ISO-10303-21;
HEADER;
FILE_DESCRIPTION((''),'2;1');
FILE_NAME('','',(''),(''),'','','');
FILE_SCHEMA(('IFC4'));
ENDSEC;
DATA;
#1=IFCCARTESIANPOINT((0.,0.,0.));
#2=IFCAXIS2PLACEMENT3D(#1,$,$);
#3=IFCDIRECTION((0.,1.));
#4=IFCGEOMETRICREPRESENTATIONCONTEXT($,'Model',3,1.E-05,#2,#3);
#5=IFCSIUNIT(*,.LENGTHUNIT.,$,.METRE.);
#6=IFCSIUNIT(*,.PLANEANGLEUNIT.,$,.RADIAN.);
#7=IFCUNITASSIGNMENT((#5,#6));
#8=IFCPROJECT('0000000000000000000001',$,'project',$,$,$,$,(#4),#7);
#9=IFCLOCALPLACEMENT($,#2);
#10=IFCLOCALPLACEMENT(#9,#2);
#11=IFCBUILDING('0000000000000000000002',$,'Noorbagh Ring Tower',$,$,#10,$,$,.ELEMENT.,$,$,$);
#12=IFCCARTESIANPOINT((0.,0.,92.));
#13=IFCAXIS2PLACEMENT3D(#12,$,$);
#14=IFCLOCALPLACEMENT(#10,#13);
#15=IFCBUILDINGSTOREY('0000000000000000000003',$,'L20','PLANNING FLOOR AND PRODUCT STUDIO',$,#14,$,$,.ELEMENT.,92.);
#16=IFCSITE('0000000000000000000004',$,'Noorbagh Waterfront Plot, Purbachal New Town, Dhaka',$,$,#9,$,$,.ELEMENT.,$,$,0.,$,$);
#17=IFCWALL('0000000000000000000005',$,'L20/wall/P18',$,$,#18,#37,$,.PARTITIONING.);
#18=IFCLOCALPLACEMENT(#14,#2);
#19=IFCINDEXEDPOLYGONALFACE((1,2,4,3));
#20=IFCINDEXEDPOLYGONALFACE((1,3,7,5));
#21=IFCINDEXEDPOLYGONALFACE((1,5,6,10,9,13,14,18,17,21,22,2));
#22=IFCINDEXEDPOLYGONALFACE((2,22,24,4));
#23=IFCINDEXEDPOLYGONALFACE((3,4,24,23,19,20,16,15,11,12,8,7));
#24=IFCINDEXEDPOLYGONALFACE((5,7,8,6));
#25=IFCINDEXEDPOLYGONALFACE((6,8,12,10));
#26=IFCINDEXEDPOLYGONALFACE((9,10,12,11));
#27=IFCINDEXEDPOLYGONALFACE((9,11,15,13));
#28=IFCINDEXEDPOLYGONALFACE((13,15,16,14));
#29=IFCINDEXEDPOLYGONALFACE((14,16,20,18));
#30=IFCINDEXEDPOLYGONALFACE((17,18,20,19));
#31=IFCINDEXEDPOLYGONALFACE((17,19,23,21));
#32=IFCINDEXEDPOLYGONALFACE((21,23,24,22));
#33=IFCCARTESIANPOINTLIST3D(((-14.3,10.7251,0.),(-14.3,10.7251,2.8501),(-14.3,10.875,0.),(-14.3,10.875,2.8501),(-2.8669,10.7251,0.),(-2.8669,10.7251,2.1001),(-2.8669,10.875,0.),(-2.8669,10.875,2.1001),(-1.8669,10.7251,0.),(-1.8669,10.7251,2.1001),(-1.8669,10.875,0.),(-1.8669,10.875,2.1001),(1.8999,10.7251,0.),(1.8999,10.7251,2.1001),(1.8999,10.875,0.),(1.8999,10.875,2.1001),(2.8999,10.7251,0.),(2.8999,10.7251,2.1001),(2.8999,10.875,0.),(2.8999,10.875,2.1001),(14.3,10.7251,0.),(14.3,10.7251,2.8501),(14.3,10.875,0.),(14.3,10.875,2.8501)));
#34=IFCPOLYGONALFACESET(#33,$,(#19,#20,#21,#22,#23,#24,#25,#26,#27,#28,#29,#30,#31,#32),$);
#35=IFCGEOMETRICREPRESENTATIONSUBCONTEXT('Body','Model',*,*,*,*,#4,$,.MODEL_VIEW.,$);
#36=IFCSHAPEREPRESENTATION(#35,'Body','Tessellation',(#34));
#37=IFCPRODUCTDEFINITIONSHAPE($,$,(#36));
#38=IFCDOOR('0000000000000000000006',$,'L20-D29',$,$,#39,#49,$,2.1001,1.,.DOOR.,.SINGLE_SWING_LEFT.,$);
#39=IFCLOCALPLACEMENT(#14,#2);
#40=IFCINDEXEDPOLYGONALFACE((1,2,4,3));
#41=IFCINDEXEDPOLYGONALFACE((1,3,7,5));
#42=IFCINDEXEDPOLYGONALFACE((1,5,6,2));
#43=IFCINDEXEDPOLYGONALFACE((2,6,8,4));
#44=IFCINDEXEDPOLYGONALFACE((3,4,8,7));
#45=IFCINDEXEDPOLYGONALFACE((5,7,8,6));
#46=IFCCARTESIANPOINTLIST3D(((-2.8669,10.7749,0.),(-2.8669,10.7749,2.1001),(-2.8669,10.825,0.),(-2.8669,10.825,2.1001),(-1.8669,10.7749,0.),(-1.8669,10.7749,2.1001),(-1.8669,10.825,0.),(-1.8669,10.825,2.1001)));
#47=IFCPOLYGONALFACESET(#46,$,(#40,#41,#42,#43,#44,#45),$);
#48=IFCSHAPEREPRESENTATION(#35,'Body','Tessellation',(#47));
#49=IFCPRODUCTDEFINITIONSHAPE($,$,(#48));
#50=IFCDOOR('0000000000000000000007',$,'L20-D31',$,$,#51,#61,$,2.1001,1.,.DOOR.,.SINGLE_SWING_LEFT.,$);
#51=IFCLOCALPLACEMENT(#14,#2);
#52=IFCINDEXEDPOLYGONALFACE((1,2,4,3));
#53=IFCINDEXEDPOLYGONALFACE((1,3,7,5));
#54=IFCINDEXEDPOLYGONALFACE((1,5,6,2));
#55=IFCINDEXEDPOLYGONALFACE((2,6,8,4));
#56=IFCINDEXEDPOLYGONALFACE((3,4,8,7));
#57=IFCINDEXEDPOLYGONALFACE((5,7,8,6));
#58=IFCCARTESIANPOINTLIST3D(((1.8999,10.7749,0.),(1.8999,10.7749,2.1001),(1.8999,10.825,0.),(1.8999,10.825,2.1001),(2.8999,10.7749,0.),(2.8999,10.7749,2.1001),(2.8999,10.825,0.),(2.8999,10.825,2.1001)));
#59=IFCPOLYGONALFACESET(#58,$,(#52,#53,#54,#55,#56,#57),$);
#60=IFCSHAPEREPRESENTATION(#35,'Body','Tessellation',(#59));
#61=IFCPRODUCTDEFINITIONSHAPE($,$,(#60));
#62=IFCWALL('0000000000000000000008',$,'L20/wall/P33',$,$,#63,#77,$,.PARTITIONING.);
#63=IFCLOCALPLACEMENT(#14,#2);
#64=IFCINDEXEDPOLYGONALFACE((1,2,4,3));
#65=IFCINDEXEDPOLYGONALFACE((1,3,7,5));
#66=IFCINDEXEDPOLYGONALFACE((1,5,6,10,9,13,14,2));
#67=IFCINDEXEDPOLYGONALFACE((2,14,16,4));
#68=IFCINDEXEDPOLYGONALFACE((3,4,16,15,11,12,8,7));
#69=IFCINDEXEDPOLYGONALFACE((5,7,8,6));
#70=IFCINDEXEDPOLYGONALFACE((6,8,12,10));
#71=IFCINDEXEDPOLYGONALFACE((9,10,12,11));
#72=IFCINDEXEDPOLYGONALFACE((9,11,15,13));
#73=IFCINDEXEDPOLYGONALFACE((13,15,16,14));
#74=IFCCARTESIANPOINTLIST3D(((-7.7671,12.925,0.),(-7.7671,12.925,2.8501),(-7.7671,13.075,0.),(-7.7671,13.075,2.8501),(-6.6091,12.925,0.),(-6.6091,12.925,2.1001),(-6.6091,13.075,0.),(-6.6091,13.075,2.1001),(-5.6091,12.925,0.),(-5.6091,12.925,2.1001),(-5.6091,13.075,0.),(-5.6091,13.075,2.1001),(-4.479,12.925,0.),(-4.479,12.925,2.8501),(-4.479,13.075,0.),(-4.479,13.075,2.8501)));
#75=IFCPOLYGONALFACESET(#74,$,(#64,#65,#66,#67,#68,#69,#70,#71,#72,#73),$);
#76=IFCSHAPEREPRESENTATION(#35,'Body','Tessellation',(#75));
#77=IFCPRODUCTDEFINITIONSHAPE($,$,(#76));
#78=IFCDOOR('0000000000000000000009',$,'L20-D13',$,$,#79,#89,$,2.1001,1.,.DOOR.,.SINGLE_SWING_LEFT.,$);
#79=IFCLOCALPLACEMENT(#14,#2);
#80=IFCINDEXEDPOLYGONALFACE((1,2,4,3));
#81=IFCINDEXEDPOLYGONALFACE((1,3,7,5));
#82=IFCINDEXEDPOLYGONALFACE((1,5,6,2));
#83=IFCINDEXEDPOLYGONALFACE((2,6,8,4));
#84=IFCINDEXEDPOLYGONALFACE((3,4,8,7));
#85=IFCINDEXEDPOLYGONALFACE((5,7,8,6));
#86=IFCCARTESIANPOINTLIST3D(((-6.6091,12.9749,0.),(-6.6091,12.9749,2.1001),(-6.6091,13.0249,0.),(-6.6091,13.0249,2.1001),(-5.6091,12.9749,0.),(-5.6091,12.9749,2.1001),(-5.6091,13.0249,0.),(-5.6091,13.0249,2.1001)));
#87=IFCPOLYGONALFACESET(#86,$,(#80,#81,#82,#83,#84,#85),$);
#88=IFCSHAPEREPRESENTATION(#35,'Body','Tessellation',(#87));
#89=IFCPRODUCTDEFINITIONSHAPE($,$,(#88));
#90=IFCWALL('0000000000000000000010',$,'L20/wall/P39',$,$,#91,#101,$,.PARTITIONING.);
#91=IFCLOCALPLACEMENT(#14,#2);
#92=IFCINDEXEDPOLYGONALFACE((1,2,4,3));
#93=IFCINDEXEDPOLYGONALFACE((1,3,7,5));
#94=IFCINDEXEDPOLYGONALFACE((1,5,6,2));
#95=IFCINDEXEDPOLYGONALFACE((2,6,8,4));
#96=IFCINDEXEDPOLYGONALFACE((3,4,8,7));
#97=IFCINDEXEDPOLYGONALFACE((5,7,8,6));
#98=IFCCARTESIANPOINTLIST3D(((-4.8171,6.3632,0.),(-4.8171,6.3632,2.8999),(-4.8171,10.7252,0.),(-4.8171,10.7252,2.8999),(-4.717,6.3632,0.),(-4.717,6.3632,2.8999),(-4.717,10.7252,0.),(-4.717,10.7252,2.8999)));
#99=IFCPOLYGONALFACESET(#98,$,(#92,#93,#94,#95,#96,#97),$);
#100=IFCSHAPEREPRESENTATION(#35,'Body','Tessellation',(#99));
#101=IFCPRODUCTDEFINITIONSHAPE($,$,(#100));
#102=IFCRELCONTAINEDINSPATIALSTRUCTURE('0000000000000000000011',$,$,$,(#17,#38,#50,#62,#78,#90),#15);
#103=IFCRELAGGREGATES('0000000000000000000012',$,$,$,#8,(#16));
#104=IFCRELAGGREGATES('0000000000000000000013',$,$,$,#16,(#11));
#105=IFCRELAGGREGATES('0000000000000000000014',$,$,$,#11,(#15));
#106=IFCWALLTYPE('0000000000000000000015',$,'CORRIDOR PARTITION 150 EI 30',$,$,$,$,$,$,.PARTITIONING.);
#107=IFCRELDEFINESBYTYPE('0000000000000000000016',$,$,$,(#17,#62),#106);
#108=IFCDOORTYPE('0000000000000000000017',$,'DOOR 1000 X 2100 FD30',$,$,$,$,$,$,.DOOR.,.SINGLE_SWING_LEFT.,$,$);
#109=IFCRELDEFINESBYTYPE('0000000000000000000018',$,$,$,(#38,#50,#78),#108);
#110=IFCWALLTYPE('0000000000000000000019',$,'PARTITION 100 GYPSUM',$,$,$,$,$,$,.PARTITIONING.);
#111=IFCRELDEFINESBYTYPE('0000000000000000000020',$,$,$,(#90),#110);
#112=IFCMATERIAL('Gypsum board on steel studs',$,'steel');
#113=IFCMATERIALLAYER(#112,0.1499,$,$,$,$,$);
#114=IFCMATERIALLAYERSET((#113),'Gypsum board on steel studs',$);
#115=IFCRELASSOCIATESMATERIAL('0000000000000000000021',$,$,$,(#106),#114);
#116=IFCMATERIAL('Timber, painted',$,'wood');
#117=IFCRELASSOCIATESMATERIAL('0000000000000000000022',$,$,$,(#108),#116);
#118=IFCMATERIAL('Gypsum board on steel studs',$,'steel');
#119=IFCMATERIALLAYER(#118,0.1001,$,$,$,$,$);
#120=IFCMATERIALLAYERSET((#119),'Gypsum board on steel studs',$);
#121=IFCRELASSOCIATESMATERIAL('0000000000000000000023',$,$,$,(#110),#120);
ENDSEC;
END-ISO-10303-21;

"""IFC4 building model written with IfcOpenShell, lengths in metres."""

from ifc_helpers import new_model, si_unit, direction, frame, frame_2d, origin, place, context, subcontext, project, spatial, rectangle, extrude, material, layer, layer_set, type_object, element, fill, save


model = new_model("IFC4")

# Units and contexts
model_context = context("Model", 3, precision=1e-05, world=origin(), true_north=direction((0.0, 1.0)))
body_context = subcontext(model_context, "Body", "Model", "MODEL_VIEW")
ifc_project = project(units=[si_unit("LENGTHUNIT", "METRE"), si_unit("PLANEANGLEUNIT", "RADIAN")], contexts=[model_context])

# Site, building, storey
site_placement = place(None, origin())
site = spatial("IfcSite", under=ifc_project, at=site_placement, Name="Noorbagh Waterfront Plot, Purbachal New Town, Dhaka", CompositionType="ELEMENT", RefElevation=0.0)
building_placement = place(site_placement, origin())
building = spatial("IfcBuilding", under=site, at=building_placement, Name="Noorbagh Ring Tower", CompositionType="ELEMENT")
storey_placement = place(building_placement, frame((0.0, 0.0, 92.0)))
storey = spatial("IfcBuildingStorey", under=building, at=storey_placement, Name="L20", Description="PLANNING FLOOR AND PRODUCT STUDIO", CompositionType="ELEMENT", Elevation=92.0)

# Shared definitions
ifc_material_1 = material(Name="Gypsum board on steel studs", Category="steel")
ifc_layer_1 = layer(ifc_material_1, 0.1499)
ifc_layer_set_1 = layer_set([ifc_layer_1], Name="Gypsum board on steel studs")
wall_type_1 = type_object("IfcWallType", Name="CORRIDOR PARTITION 150 EI 30", PredefinedType="PARTITIONING", material=ifc_layer_set_1)

# Shared definitions
ifc_material_2 = material(Name="Timber, painted", Category="wood")
door_type_1 = type_object("IfcDoorType", Name="DOOR 1000 X 2100 FD30", OperationType="SINGLE_SWING_LEFT", PredefinedType="DOOR", material=ifc_material_2)

# Wall, openings, doors
wall_1_placement = place(storey_placement, frame((-14.3, 10.8, 0.0), z_axis=(0.0, 0.0, 1.0), x_axis=(1.0, 0.0, 0.0)))
wall_1 = element("IfcWall", 1, at=wall_1_placement, inside=storey, type_object=wall_type_1, Name="L20/wall/P18", PredefinedType="PARTITIONING", context=body_context, shape_type="SweptSolid", body=[
    extrude(rectangle(XDim=28.6001, YDim=0.1499, at=frame_2d((14.3, 0.0))), origin(), (0.0, 0.0, 1.0), 2.8501),
])
opening_1_placement = place(wall_1_placement, frame((11.4331, 0.0, 0.0)))
opening_1 = element("IfcOpeningElement", 2, at=opening_1_placement, cuts=wall_1, PredefinedType="OPENING", context=body_context, shape_type="SweptSolid", body=[
    extrude(rectangle(XDim=1.0, YDim=2.1001, at=frame_2d((0.5, 1.05))), frame((0.0, 0.085, 0.0), z_axis=(0.0, -1.0, 0.0), x_axis=(1.0, 0.0, 0.0)), (0.0, 0.0, 1.0), 0.1699),
])
opening_2_placement = place(wall_1_placement, frame((16.2, 0.0, 0.0)))
opening_2 = element("IfcOpeningElement", 3, at=opening_2_placement, cuts=wall_1, PredefinedType="OPENING", context=body_context, shape_type="SweptSolid", body=[
    extrude(rectangle(XDim=1.0, YDim=2.1001, at=frame_2d((0.5, 1.05))), frame((0.0, 0.085, 0.0), z_axis=(0.0, -1.0, 0.0), x_axis=(1.0, 0.0, 0.0)), (0.0, 0.0, 1.0), 0.1699),
])
door_1_placement = place(opening_1_placement, origin())
door_1 = element("IfcDoor", 4, at=door_1_placement, inside=storey, type_object=door_type_1, Name="L20-D29", OperationType="SINGLE_SWING_LEFT", OverallHeight=2.1001, OverallWidth=1.0, PredefinedType="DOOR", context=body_context, shape_type="SweptSolid", body=[
    extrude(rectangle(XDim=1.0, YDim=2.1001, at=frame_2d((0.5, 1.05))), frame((0.0, 0.0249, 0.0), z_axis=(0.0, -1.0, 0.0), x_axis=(1.0, 0.0, 0.0)), (0.0, 0.0, 1.0), 0.05),
])
fill(opening_1, door_1)
door_2_placement = place(opening_2_placement, origin())
door_2 = element("IfcDoor", 5, at=door_2_placement, inside=storey, type_object=door_type_1, Name="L20-D31", OperationType="SINGLE_SWING_LEFT", OverallHeight=2.1001, OverallWidth=1.0, PredefinedType="DOOR", context=body_context, shape_type="SweptSolid", body=[
    extrude(rectangle(XDim=1.0, YDim=2.1001, at=frame_2d((0.5, 1.05))), frame((0.0, 0.0249, 0.0), z_axis=(0.0, -1.0, 0.0), x_axis=(1.0, 0.0, 0.0)), (0.0, 0.0, 1.0), 0.05),
])
fill(opening_2, door_2)

# Wall, opening, door
wall_2_placement = place(storey_placement, frame((-7.7671, 13.0, 0.0), z_axis=(0.0, 0.0, 1.0), x_axis=(1.0, 0.0, 0.0)))
wall_2 = element("IfcWall", 6, at=wall_2_placement, inside=storey, type_object=wall_type_1, Name="L20/wall/P33", PredefinedType="PARTITIONING", context=body_context, shape_type="SweptSolid", body=[
    extrude(rectangle(XDim=3.2881, YDim=0.1499, at=frame_2d((1.644, 0.0))), origin(), (0.0, 0.0, 1.0), 2.8501),
])
opening_3_placement = place(wall_2_placement, frame((1.158, 0.0, 0.0)))
opening_3 = element("IfcOpeningElement", 7, at=opening_3_placement, cuts=wall_2, PredefinedType="OPENING", context=body_context, shape_type="SweptSolid", body=[
    extrude(rectangle(XDim=1.0, YDim=2.1001, at=frame_2d((0.5, 1.05))), frame((0.0, 0.085, 0.0), z_axis=(0.0, -1.0, 0.0), x_axis=(1.0, 0.0, 0.0)), (0.0, 0.0, 1.0), 0.1699),
])
door_3_placement = place(opening_3_placement, origin())
door_3 = element("IfcDoor", 8, at=door_3_placement, inside=storey, type_object=door_type_1, Name="L20-D13", OperationType="SINGLE_SWING_LEFT", OverallHeight=2.1001, OverallWidth=1.0, PredefinedType="DOOR", context=body_context, shape_type="SweptSolid", body=[
    extrude(rectangle(XDim=1.0, YDim=2.1001, at=frame_2d((0.5, 1.05))), frame((0.0, 0.0249, 0.0), z_axis=(0.0, -1.0, 0.0), x_axis=(1.0, 0.0, 0.0)), (0.0, 0.0, 1.0), 0.05),
])
fill(opening_3, door_3)

# Wall
ifc_material_3 = material(Name="Gypsum board on steel studs", Category="steel")
ifc_layer_2 = layer(ifc_material_3, 0.1001)
ifc_layer_set_2 = layer_set([ifc_layer_2], Name="Gypsum board on steel studs")
wall_type_2 = type_object("IfcWallType", Name="PARTITION 100 GYPSUM", PredefinedType="PARTITIONING", material=ifc_layer_set_2)
wall_3_placement = place(storey_placement, frame((-4.7671, 6.363, 0.0), z_axis=(0.0, 0.0, 1.0), x_axis=(0.0, 1.0, 0.0)))
element("IfcWall", 9, at=wall_3_placement, inside=storey, type_object=wall_type_2, Name="L20/wall/P39", PredefinedType="PARTITIONING", context=body_context, shape_type="SweptSolid", body=[
    extrude(rectangle(XDim=4.3621, YDim=0.1001, at=frame_2d((2.1812, 0.0))), origin(), (0.0, 0.0, 1.0), 2.8999),
])

save(model, "model.ifc")
